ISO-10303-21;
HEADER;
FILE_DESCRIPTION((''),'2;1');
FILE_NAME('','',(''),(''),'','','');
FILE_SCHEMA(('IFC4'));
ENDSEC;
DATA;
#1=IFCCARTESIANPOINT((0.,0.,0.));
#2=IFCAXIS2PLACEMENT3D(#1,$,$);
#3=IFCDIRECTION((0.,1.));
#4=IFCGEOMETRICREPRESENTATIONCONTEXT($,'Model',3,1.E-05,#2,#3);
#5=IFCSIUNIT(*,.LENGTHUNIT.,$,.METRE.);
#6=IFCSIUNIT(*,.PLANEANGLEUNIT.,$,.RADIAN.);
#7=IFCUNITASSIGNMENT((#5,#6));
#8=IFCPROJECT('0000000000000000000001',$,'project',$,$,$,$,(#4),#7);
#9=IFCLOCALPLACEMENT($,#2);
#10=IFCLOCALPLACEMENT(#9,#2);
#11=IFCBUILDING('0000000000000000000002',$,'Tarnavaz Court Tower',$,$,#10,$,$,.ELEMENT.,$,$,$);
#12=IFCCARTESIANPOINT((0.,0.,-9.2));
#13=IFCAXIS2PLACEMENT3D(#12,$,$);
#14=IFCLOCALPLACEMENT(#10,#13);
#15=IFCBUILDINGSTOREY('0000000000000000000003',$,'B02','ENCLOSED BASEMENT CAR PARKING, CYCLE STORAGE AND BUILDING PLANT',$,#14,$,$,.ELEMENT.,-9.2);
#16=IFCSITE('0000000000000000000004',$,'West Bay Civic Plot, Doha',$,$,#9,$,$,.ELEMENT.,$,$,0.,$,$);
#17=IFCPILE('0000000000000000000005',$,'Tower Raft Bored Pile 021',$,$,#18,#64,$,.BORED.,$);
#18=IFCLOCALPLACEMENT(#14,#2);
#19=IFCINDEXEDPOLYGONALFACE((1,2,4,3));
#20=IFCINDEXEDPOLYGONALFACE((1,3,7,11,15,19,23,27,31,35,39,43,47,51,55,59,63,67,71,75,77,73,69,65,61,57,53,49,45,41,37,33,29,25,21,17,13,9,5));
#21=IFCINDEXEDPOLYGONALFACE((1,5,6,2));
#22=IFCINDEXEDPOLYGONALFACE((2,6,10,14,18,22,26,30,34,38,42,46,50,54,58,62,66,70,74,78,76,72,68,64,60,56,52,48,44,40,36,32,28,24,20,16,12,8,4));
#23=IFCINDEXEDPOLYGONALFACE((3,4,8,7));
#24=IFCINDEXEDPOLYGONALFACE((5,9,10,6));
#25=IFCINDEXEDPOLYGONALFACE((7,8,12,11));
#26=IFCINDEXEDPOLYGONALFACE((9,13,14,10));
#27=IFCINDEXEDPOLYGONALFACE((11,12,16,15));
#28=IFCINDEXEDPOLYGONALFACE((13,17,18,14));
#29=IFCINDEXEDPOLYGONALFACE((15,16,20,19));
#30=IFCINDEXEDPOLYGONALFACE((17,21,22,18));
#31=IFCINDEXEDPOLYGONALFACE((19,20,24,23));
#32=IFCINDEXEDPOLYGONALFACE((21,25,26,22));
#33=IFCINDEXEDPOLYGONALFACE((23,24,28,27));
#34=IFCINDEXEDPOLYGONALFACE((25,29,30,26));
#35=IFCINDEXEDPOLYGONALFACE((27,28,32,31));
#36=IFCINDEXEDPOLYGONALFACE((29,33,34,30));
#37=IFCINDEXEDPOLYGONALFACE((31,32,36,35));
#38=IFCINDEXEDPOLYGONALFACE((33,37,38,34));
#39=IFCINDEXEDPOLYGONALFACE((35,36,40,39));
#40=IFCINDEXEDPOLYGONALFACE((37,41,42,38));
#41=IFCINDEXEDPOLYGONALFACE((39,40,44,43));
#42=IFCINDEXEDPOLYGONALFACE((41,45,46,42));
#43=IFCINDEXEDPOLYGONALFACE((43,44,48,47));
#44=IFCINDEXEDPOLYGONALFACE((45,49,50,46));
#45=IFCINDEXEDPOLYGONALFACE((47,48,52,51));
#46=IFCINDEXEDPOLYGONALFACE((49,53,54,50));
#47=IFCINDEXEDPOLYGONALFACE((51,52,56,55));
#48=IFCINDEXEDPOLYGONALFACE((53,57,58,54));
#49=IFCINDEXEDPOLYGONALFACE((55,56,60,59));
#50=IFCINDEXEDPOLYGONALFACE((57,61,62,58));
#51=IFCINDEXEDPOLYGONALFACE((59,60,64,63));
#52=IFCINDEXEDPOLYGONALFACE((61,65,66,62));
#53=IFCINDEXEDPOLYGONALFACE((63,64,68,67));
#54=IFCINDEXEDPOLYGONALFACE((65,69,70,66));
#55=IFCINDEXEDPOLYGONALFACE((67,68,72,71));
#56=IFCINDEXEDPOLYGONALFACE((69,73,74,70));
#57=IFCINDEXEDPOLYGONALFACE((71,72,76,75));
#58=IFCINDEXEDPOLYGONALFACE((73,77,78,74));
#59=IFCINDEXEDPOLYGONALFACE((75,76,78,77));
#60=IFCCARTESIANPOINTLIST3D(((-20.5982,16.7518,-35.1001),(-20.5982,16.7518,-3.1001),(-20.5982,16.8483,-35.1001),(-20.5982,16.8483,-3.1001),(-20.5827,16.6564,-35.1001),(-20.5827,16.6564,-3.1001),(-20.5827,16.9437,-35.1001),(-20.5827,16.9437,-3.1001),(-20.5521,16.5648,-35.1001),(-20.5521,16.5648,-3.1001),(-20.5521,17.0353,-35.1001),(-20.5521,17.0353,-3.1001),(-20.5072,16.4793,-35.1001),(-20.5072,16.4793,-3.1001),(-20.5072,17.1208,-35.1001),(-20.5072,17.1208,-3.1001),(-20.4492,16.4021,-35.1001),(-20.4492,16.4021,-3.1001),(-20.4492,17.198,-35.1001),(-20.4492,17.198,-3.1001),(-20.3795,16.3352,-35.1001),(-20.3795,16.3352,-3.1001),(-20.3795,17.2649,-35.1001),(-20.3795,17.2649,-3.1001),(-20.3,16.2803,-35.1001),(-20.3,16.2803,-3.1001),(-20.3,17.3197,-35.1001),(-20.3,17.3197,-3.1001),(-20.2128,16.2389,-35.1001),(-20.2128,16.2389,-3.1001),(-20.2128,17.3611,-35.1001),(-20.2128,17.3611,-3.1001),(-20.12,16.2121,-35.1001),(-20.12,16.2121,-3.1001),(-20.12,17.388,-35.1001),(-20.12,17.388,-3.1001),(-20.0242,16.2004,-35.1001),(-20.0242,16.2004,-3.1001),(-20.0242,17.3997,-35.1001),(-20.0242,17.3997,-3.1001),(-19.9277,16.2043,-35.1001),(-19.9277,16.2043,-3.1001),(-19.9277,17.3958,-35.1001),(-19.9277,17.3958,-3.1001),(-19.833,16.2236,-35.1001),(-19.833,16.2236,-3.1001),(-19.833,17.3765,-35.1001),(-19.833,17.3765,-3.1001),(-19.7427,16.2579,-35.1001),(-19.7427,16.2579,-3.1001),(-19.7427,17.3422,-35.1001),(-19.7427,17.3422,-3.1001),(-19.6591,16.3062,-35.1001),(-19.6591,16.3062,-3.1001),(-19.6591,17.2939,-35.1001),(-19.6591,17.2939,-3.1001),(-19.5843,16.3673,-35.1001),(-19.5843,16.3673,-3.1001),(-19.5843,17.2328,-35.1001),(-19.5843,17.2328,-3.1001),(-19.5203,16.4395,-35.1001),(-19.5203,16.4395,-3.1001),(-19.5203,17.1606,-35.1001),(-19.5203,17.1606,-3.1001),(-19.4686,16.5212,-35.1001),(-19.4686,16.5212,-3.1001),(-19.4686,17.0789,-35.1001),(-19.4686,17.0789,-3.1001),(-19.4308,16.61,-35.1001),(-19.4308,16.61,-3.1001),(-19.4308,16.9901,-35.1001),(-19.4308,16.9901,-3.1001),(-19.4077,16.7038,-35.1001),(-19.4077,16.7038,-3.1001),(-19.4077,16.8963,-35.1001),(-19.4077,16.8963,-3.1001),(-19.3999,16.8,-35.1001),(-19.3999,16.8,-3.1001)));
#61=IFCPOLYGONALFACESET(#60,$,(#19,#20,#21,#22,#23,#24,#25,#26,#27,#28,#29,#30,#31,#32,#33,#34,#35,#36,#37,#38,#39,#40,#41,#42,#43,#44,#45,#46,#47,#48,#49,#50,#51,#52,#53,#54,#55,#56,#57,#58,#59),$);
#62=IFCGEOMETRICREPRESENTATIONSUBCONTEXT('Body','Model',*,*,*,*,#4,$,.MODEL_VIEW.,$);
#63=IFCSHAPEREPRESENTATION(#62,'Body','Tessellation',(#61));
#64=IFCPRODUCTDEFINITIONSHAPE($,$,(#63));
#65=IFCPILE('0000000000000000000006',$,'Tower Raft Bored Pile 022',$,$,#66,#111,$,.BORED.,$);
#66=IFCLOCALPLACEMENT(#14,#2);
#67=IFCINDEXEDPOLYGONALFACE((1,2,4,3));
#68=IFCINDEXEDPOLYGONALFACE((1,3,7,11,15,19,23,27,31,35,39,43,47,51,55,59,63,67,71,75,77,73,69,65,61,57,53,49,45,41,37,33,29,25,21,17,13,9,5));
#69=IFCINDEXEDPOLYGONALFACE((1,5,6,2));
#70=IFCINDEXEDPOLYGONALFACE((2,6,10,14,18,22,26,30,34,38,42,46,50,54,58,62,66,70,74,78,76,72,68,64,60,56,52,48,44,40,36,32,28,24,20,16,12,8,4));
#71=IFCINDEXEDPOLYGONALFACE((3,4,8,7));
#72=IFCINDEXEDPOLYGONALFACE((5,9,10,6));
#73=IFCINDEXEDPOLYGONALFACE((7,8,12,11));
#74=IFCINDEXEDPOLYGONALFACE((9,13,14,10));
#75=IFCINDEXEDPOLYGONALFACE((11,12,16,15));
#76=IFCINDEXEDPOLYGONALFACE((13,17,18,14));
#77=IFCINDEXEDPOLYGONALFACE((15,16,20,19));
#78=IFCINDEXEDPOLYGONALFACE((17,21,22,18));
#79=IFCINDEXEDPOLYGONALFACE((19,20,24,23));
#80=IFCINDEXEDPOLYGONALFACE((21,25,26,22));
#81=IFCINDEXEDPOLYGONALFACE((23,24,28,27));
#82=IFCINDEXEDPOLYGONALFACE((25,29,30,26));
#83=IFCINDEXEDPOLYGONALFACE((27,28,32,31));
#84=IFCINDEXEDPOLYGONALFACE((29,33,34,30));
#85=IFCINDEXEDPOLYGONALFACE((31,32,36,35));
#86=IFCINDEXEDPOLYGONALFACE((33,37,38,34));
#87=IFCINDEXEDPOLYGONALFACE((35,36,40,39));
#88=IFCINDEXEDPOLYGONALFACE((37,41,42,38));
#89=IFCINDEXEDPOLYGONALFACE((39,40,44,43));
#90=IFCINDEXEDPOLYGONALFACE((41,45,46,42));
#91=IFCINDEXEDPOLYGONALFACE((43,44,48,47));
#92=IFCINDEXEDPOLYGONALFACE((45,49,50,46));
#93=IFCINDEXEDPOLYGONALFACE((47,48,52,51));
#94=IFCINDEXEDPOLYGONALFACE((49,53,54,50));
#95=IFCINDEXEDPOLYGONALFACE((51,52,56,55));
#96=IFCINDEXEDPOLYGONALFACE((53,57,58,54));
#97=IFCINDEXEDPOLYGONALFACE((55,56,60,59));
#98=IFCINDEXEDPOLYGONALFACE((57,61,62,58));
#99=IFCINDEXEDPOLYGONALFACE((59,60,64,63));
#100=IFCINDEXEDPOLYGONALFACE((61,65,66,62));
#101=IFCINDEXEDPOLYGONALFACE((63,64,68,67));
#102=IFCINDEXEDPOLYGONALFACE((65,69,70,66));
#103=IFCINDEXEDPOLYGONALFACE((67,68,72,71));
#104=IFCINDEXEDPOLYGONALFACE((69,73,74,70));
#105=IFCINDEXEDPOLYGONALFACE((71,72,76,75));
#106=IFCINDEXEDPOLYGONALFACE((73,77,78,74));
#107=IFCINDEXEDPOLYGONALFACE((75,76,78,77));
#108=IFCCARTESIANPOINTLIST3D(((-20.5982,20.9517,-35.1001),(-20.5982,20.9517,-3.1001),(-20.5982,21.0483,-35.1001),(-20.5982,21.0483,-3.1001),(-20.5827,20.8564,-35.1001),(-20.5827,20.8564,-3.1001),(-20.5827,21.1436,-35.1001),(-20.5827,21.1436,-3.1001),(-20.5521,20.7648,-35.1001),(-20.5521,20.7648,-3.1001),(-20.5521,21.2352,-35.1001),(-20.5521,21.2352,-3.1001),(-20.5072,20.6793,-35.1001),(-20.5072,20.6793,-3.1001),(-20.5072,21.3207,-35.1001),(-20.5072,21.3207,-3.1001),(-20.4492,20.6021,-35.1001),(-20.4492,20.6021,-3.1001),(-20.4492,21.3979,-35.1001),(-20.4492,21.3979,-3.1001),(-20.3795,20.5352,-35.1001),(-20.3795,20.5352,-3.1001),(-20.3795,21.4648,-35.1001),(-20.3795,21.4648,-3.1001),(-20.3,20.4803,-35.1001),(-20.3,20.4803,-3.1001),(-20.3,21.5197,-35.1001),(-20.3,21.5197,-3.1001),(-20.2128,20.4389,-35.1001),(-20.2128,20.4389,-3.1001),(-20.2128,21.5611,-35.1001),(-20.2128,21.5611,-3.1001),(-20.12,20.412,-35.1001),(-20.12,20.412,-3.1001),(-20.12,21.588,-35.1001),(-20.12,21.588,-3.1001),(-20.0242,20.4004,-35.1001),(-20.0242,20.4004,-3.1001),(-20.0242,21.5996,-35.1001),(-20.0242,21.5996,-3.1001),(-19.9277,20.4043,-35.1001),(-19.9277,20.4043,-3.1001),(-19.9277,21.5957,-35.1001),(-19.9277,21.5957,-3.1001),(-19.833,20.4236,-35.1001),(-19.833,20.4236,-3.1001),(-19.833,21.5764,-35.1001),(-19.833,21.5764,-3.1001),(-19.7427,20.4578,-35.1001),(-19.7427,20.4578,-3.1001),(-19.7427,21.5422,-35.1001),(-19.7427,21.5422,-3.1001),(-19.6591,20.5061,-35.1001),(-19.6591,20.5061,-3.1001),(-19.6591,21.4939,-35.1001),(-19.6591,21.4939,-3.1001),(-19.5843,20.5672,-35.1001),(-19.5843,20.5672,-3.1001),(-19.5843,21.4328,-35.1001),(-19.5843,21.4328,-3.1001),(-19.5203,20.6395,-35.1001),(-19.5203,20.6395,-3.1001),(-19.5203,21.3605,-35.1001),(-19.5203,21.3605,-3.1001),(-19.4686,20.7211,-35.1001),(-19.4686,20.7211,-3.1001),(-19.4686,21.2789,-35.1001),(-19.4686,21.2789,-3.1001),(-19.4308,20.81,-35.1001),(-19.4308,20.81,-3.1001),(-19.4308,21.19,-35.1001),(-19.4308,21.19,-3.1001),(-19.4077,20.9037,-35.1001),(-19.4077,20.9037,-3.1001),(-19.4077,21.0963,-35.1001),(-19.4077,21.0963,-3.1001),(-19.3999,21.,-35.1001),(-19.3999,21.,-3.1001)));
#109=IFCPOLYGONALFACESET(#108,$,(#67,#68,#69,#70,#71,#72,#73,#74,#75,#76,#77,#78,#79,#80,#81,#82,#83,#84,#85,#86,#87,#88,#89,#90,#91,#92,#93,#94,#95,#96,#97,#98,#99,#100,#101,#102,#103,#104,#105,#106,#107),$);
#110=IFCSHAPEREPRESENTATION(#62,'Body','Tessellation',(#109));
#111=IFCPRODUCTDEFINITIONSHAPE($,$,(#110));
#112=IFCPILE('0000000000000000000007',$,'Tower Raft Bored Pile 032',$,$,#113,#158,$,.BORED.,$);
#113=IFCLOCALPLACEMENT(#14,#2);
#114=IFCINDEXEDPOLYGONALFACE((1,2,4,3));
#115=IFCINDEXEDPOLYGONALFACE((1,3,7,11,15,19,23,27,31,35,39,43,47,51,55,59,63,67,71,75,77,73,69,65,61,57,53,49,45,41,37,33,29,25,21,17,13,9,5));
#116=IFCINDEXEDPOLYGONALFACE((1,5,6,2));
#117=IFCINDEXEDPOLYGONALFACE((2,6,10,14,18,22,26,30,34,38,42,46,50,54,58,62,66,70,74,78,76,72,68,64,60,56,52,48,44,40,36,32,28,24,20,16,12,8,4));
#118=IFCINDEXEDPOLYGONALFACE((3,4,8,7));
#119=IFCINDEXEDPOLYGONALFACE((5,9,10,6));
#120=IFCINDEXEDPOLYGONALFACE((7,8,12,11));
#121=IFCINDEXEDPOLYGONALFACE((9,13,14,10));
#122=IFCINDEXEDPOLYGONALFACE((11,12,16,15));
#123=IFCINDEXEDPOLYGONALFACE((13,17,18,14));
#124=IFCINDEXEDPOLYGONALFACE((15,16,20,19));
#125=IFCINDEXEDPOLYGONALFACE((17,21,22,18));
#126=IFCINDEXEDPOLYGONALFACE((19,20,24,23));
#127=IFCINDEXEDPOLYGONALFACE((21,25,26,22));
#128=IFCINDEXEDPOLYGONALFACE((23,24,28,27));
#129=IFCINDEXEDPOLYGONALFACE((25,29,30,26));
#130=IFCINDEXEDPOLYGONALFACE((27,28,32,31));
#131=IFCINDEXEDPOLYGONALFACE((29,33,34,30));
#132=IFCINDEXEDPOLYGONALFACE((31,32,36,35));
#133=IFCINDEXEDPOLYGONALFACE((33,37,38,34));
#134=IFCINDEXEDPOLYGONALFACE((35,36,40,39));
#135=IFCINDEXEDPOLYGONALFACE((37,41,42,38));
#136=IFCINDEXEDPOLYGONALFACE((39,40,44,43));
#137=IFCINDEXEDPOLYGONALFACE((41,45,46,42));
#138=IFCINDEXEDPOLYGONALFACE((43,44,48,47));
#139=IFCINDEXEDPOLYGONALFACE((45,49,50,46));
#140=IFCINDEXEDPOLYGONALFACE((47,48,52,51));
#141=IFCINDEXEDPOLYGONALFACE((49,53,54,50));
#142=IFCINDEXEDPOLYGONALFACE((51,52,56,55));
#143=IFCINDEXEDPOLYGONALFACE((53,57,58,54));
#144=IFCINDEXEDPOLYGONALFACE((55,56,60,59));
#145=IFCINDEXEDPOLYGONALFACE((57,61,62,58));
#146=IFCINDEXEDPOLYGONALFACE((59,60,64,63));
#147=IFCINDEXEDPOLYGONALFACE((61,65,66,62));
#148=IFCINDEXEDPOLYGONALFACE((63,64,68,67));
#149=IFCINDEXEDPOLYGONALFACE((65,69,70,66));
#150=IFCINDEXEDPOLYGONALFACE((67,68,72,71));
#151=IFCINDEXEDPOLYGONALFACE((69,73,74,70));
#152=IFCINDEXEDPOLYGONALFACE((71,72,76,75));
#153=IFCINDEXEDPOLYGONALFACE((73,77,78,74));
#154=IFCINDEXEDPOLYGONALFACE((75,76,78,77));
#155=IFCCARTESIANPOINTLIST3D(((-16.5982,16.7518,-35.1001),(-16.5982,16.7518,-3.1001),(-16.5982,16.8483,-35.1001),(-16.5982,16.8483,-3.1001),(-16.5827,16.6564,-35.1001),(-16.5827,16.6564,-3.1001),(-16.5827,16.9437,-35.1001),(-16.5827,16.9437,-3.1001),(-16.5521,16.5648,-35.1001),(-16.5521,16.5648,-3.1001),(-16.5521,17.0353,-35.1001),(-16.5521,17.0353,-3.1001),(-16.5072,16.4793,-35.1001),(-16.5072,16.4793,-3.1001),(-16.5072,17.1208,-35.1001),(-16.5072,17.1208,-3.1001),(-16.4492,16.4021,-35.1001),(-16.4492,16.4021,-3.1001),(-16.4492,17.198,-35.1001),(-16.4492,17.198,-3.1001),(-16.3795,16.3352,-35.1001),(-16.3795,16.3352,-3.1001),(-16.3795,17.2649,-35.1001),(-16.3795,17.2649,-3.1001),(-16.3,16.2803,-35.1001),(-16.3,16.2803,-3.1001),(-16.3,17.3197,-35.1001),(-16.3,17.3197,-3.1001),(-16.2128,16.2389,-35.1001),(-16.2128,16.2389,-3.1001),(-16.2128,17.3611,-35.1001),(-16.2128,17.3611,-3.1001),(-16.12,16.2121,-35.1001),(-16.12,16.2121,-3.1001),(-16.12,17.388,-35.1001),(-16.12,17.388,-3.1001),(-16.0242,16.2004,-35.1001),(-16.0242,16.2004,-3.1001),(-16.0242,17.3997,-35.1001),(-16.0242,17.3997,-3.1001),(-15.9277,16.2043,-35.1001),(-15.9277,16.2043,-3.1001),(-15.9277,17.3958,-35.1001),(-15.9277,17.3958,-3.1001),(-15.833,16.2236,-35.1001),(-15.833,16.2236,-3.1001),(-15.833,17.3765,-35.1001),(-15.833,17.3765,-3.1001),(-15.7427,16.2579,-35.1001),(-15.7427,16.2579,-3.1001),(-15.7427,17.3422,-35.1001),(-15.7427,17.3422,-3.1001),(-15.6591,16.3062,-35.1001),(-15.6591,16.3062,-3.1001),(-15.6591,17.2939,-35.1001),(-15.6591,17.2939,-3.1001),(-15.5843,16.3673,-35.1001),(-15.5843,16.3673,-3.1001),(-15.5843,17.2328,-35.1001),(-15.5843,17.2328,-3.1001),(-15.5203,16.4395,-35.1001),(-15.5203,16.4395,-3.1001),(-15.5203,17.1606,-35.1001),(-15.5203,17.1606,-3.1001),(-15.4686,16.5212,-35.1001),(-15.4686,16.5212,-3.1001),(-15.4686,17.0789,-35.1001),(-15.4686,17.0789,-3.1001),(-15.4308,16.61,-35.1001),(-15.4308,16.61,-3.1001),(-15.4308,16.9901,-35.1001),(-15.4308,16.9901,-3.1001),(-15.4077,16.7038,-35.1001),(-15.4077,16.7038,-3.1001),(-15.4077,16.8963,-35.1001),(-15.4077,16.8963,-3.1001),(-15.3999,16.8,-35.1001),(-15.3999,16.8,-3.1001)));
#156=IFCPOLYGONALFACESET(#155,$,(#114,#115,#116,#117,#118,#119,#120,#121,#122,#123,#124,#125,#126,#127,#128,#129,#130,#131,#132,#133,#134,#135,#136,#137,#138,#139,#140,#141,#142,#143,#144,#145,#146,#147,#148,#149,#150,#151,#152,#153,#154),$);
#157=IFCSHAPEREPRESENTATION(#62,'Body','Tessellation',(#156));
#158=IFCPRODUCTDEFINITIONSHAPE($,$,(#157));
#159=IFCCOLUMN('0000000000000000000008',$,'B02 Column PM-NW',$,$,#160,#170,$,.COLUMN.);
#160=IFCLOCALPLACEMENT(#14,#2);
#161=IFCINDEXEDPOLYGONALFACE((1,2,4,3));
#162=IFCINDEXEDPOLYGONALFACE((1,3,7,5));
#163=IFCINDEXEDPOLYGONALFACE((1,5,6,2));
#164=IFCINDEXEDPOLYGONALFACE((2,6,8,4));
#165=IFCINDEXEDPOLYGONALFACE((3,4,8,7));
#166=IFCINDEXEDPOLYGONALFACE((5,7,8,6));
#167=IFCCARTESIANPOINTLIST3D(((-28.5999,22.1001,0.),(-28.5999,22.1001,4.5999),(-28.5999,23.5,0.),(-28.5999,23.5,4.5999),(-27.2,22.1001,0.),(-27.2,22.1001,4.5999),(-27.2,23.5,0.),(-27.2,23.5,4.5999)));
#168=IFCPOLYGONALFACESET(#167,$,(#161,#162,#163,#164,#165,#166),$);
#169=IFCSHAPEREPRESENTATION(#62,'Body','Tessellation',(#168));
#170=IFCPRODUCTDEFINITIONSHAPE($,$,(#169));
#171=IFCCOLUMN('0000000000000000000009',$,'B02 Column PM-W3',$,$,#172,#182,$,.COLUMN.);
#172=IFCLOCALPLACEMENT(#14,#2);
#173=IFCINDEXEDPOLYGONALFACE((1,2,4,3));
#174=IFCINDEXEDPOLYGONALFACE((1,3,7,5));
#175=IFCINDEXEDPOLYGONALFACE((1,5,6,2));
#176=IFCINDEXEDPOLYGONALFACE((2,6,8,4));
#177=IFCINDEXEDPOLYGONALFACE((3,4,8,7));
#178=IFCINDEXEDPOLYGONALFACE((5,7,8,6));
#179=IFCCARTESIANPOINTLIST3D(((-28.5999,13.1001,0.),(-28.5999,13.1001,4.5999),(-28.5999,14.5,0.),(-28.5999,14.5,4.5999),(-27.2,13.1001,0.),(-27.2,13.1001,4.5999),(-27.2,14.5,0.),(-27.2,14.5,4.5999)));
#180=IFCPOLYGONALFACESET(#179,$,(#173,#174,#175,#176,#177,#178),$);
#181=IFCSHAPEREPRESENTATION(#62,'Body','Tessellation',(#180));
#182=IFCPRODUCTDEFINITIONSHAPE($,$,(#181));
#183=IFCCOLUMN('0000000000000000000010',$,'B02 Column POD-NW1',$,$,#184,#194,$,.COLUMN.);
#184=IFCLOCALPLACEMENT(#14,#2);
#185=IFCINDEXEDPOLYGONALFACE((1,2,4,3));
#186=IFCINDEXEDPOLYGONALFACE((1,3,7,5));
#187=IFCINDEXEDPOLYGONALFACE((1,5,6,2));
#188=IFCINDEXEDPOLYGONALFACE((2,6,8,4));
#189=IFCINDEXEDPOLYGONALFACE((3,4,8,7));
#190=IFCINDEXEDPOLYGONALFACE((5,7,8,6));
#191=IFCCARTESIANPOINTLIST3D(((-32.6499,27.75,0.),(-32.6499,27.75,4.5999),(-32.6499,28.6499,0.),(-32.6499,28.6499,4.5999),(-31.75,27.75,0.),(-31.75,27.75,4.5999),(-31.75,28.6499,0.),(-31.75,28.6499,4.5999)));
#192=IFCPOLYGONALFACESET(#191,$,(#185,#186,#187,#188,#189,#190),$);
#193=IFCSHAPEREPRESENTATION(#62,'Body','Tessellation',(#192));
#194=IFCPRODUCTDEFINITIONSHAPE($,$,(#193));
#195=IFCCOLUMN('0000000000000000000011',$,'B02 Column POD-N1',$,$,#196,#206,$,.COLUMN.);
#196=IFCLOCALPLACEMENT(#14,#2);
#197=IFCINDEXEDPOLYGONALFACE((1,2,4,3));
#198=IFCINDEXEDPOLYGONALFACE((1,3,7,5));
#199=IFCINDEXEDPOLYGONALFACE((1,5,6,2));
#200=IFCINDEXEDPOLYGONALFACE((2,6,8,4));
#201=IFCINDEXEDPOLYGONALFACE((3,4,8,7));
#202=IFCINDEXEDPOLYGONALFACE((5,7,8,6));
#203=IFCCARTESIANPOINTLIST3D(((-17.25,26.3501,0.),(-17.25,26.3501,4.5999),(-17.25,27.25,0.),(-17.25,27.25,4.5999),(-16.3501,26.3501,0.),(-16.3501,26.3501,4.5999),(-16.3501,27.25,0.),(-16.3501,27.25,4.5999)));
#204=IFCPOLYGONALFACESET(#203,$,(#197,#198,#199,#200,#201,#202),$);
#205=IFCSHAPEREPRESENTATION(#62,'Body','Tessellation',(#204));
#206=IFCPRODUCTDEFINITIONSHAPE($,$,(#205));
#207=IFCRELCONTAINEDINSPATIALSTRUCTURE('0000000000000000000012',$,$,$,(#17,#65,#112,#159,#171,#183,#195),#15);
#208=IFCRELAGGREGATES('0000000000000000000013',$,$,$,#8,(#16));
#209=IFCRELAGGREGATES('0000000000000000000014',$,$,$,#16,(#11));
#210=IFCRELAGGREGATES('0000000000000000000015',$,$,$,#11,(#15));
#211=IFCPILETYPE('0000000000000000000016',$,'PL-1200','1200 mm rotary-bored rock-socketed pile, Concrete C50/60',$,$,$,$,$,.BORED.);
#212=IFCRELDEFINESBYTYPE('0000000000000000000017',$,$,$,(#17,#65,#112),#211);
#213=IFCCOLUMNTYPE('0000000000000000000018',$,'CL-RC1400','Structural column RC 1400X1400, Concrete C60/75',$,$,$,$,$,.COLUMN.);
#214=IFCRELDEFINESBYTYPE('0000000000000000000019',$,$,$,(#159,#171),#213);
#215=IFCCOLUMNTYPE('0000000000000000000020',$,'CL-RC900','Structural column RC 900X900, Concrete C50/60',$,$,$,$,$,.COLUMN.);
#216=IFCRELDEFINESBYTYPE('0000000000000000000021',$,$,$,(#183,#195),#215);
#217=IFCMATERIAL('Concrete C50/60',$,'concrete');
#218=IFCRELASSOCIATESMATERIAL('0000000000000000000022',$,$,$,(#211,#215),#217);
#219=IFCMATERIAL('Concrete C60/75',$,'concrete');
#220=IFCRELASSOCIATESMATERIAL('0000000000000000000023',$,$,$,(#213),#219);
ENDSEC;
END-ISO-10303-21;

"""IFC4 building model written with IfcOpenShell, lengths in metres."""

from ifc_helpers import new_model, si_unit, direction, frame, origin, origin_2d, place, context, subcontext, project, spatial, rectangle, circle, extrude, material, material_profile, profile_set, type_object, element, save


model = new_model("IFC4")

# Units and contexts
model_context = context("Model", 3, precision=1e-05, world=origin(), true_north=direction((0.0, 1.0)))
body_context = subcontext(model_context, "Body", "Model", "MODEL_VIEW")
ifc_project = project(units=[si_unit("LENGTHUNIT", "METRE"), si_unit("PLANEANGLEUNIT", "RADIAN")], contexts=[model_context])

# Site, building, storey
site_placement = place(None, origin())
site = spatial("IfcSite", under=ifc_project, at=site_placement, Name="West Bay Civic Plot, Doha", CompositionType="ELEMENT", RefElevation=0.0)
building_placement = place(site_placement, origin())
building = spatial("IfcBuilding", under=site, at=building_placement, Name="Tarnavaz Court Tower", CompositionType="ELEMENT")
storey_placement = place(building_placement, frame((0.0, 0.0, -9.2)))
storey = spatial("IfcBuildingStorey", under=building, at=storey_placement, Name="B02", Description="ENCLOSED BASEMENT CAR PARKING, CYCLE STORAGE AND BUILDING PLANT", CompositionType="ELEMENT", Elevation=-9.2)

# Shared definitions
ifc_material_1 = material(Name="Concrete C50/60", Category="concrete")

# Piles
ifc_material_profile_1 = material_profile(ifc_material_1, circle(Radius=0.6001, at=origin_2d()), Name="PILE D1200")
ifc_profile_set_1 = profile_set([ifc_material_profile_1], Name="Concrete C50/60")
pile_type_1 = type_object("IfcPileType", Name="PL-1200", Description="1200 mm rotary-bored rock-socketed pile, Concrete C50/60", PredefinedType="BORED", material=ifc_profile_set_1)
for number, where, z_axis, x_axis, name in (
    (1, (-20.0, 16.8, -3.1001), (0.0, 0.0, -1.0), (1.0, 0.0, 0.0), "Tower Raft Bored Pile 021"),
    (2, (-20.0, 21.0, -3.1001), (0.0, 0.0, -1.0), (1.0, 0.0, 0.0), "Tower Raft Bored Pile 022"),
    (3, (-16.0, 16.8, -3.1001), (0.0, 0.0, -1.0), (1.0, 0.0, 0.0), "Tower Raft Bored Pile 032"),
):
    element("IfcPile", number, at=place(storey_placement, frame(where, z_axis=z_axis, x_axis=x_axis)), inside=storey, type_object=pile_type_1, Name=name, PredefinedType="BORED", context=body_context, shape_type="SweptSolid", body=[
        extrude(circle(Radius=0.6001, at=origin_2d()), origin(), (0.0, 0.0, 1.0), 32.0),
    ])

# Columns
ifc_material_2 = material(Name="Concrete C60/75", Category="concrete")
ifc_material_profile_2 = material_profile(ifc_material_2, rectangle(XDim=1.3999, YDim=1.3999, at=origin_2d()), Name="RC 1400X1400")
ifc_profile_set_2 = profile_set([ifc_material_profile_2], Name="Concrete C60/75")
column_type_1 = type_object("IfcColumnType", Name="CL-RC1400", Description="Structural column RC 1400X1400, Concrete C60/75", PredefinedType="COLUMN", material=ifc_profile_set_2)
for number, where, z_axis, x_axis, name in (
    (4, (-27.8999, 22.8, 0.0), (0.0, 0.0, 1.0), (1.0, 0.0, 0.0), "B02 Column PM-NW"),
    (5, (-27.8999, 13.8, 0.0), (0.0, 0.0, 1.0), (1.0, 0.0, 0.0), "B02 Column PM-W3"),
):
    element("IfcColumn", number, at=place(storey_placement, frame(where, z_axis=z_axis, x_axis=x_axis)), inside=storey, type_object=column_type_1, Name=name, PredefinedType="COLUMN", context=body_context, shape_type="SweptSolid", body=[
        extrude(rectangle(XDim=1.3999, YDim=1.3999, at=origin_2d()), origin(), (0.0, 0.0, 1.0), 4.5999),
    ])
ifc_material_profile_3 = material_profile(ifc_material_1, rectangle(XDim=0.8999, YDim=0.8999, at=origin_2d()), Name="RC 900X900")
ifc_profile_set_3 = profile_set([ifc_material_profile_3], Name="Concrete C50/60")
column_type_2 = type_object("IfcColumnType", Name="CL-RC900", Description="Structural column RC 900X900, Concrete C50/60", PredefinedType="COLUMN", material=ifc_profile_set_3)
for number, where, z_axis, x_axis, name in (
    (6, (-32.2, 28.2, 0.0), (0.0, 0.0, 1.0), (1.0, 0.0, 0.0), "B02 Column POD-NW1"),
    (7, (-16.8, 26.8, 0.0), (0.0, 0.0, 1.0), (1.0, 0.0, 0.0), "B02 Column POD-N1"),
):
    element("IfcColumn", number, at=place(storey_placement, frame(where, z_axis=z_axis, x_axis=x_axis)), inside=storey, type_object=column_type_2, Name=name, PredefinedType="COLUMN", context=body_context, shape_type="SweptSolid", body=[
        extrude(rectangle(XDim=0.8999, YDim=0.8999, at=origin_2d()), origin(), (0.0, 0.0, 1.0), 4.5999),
    ])

save(model, "model.ifc")
